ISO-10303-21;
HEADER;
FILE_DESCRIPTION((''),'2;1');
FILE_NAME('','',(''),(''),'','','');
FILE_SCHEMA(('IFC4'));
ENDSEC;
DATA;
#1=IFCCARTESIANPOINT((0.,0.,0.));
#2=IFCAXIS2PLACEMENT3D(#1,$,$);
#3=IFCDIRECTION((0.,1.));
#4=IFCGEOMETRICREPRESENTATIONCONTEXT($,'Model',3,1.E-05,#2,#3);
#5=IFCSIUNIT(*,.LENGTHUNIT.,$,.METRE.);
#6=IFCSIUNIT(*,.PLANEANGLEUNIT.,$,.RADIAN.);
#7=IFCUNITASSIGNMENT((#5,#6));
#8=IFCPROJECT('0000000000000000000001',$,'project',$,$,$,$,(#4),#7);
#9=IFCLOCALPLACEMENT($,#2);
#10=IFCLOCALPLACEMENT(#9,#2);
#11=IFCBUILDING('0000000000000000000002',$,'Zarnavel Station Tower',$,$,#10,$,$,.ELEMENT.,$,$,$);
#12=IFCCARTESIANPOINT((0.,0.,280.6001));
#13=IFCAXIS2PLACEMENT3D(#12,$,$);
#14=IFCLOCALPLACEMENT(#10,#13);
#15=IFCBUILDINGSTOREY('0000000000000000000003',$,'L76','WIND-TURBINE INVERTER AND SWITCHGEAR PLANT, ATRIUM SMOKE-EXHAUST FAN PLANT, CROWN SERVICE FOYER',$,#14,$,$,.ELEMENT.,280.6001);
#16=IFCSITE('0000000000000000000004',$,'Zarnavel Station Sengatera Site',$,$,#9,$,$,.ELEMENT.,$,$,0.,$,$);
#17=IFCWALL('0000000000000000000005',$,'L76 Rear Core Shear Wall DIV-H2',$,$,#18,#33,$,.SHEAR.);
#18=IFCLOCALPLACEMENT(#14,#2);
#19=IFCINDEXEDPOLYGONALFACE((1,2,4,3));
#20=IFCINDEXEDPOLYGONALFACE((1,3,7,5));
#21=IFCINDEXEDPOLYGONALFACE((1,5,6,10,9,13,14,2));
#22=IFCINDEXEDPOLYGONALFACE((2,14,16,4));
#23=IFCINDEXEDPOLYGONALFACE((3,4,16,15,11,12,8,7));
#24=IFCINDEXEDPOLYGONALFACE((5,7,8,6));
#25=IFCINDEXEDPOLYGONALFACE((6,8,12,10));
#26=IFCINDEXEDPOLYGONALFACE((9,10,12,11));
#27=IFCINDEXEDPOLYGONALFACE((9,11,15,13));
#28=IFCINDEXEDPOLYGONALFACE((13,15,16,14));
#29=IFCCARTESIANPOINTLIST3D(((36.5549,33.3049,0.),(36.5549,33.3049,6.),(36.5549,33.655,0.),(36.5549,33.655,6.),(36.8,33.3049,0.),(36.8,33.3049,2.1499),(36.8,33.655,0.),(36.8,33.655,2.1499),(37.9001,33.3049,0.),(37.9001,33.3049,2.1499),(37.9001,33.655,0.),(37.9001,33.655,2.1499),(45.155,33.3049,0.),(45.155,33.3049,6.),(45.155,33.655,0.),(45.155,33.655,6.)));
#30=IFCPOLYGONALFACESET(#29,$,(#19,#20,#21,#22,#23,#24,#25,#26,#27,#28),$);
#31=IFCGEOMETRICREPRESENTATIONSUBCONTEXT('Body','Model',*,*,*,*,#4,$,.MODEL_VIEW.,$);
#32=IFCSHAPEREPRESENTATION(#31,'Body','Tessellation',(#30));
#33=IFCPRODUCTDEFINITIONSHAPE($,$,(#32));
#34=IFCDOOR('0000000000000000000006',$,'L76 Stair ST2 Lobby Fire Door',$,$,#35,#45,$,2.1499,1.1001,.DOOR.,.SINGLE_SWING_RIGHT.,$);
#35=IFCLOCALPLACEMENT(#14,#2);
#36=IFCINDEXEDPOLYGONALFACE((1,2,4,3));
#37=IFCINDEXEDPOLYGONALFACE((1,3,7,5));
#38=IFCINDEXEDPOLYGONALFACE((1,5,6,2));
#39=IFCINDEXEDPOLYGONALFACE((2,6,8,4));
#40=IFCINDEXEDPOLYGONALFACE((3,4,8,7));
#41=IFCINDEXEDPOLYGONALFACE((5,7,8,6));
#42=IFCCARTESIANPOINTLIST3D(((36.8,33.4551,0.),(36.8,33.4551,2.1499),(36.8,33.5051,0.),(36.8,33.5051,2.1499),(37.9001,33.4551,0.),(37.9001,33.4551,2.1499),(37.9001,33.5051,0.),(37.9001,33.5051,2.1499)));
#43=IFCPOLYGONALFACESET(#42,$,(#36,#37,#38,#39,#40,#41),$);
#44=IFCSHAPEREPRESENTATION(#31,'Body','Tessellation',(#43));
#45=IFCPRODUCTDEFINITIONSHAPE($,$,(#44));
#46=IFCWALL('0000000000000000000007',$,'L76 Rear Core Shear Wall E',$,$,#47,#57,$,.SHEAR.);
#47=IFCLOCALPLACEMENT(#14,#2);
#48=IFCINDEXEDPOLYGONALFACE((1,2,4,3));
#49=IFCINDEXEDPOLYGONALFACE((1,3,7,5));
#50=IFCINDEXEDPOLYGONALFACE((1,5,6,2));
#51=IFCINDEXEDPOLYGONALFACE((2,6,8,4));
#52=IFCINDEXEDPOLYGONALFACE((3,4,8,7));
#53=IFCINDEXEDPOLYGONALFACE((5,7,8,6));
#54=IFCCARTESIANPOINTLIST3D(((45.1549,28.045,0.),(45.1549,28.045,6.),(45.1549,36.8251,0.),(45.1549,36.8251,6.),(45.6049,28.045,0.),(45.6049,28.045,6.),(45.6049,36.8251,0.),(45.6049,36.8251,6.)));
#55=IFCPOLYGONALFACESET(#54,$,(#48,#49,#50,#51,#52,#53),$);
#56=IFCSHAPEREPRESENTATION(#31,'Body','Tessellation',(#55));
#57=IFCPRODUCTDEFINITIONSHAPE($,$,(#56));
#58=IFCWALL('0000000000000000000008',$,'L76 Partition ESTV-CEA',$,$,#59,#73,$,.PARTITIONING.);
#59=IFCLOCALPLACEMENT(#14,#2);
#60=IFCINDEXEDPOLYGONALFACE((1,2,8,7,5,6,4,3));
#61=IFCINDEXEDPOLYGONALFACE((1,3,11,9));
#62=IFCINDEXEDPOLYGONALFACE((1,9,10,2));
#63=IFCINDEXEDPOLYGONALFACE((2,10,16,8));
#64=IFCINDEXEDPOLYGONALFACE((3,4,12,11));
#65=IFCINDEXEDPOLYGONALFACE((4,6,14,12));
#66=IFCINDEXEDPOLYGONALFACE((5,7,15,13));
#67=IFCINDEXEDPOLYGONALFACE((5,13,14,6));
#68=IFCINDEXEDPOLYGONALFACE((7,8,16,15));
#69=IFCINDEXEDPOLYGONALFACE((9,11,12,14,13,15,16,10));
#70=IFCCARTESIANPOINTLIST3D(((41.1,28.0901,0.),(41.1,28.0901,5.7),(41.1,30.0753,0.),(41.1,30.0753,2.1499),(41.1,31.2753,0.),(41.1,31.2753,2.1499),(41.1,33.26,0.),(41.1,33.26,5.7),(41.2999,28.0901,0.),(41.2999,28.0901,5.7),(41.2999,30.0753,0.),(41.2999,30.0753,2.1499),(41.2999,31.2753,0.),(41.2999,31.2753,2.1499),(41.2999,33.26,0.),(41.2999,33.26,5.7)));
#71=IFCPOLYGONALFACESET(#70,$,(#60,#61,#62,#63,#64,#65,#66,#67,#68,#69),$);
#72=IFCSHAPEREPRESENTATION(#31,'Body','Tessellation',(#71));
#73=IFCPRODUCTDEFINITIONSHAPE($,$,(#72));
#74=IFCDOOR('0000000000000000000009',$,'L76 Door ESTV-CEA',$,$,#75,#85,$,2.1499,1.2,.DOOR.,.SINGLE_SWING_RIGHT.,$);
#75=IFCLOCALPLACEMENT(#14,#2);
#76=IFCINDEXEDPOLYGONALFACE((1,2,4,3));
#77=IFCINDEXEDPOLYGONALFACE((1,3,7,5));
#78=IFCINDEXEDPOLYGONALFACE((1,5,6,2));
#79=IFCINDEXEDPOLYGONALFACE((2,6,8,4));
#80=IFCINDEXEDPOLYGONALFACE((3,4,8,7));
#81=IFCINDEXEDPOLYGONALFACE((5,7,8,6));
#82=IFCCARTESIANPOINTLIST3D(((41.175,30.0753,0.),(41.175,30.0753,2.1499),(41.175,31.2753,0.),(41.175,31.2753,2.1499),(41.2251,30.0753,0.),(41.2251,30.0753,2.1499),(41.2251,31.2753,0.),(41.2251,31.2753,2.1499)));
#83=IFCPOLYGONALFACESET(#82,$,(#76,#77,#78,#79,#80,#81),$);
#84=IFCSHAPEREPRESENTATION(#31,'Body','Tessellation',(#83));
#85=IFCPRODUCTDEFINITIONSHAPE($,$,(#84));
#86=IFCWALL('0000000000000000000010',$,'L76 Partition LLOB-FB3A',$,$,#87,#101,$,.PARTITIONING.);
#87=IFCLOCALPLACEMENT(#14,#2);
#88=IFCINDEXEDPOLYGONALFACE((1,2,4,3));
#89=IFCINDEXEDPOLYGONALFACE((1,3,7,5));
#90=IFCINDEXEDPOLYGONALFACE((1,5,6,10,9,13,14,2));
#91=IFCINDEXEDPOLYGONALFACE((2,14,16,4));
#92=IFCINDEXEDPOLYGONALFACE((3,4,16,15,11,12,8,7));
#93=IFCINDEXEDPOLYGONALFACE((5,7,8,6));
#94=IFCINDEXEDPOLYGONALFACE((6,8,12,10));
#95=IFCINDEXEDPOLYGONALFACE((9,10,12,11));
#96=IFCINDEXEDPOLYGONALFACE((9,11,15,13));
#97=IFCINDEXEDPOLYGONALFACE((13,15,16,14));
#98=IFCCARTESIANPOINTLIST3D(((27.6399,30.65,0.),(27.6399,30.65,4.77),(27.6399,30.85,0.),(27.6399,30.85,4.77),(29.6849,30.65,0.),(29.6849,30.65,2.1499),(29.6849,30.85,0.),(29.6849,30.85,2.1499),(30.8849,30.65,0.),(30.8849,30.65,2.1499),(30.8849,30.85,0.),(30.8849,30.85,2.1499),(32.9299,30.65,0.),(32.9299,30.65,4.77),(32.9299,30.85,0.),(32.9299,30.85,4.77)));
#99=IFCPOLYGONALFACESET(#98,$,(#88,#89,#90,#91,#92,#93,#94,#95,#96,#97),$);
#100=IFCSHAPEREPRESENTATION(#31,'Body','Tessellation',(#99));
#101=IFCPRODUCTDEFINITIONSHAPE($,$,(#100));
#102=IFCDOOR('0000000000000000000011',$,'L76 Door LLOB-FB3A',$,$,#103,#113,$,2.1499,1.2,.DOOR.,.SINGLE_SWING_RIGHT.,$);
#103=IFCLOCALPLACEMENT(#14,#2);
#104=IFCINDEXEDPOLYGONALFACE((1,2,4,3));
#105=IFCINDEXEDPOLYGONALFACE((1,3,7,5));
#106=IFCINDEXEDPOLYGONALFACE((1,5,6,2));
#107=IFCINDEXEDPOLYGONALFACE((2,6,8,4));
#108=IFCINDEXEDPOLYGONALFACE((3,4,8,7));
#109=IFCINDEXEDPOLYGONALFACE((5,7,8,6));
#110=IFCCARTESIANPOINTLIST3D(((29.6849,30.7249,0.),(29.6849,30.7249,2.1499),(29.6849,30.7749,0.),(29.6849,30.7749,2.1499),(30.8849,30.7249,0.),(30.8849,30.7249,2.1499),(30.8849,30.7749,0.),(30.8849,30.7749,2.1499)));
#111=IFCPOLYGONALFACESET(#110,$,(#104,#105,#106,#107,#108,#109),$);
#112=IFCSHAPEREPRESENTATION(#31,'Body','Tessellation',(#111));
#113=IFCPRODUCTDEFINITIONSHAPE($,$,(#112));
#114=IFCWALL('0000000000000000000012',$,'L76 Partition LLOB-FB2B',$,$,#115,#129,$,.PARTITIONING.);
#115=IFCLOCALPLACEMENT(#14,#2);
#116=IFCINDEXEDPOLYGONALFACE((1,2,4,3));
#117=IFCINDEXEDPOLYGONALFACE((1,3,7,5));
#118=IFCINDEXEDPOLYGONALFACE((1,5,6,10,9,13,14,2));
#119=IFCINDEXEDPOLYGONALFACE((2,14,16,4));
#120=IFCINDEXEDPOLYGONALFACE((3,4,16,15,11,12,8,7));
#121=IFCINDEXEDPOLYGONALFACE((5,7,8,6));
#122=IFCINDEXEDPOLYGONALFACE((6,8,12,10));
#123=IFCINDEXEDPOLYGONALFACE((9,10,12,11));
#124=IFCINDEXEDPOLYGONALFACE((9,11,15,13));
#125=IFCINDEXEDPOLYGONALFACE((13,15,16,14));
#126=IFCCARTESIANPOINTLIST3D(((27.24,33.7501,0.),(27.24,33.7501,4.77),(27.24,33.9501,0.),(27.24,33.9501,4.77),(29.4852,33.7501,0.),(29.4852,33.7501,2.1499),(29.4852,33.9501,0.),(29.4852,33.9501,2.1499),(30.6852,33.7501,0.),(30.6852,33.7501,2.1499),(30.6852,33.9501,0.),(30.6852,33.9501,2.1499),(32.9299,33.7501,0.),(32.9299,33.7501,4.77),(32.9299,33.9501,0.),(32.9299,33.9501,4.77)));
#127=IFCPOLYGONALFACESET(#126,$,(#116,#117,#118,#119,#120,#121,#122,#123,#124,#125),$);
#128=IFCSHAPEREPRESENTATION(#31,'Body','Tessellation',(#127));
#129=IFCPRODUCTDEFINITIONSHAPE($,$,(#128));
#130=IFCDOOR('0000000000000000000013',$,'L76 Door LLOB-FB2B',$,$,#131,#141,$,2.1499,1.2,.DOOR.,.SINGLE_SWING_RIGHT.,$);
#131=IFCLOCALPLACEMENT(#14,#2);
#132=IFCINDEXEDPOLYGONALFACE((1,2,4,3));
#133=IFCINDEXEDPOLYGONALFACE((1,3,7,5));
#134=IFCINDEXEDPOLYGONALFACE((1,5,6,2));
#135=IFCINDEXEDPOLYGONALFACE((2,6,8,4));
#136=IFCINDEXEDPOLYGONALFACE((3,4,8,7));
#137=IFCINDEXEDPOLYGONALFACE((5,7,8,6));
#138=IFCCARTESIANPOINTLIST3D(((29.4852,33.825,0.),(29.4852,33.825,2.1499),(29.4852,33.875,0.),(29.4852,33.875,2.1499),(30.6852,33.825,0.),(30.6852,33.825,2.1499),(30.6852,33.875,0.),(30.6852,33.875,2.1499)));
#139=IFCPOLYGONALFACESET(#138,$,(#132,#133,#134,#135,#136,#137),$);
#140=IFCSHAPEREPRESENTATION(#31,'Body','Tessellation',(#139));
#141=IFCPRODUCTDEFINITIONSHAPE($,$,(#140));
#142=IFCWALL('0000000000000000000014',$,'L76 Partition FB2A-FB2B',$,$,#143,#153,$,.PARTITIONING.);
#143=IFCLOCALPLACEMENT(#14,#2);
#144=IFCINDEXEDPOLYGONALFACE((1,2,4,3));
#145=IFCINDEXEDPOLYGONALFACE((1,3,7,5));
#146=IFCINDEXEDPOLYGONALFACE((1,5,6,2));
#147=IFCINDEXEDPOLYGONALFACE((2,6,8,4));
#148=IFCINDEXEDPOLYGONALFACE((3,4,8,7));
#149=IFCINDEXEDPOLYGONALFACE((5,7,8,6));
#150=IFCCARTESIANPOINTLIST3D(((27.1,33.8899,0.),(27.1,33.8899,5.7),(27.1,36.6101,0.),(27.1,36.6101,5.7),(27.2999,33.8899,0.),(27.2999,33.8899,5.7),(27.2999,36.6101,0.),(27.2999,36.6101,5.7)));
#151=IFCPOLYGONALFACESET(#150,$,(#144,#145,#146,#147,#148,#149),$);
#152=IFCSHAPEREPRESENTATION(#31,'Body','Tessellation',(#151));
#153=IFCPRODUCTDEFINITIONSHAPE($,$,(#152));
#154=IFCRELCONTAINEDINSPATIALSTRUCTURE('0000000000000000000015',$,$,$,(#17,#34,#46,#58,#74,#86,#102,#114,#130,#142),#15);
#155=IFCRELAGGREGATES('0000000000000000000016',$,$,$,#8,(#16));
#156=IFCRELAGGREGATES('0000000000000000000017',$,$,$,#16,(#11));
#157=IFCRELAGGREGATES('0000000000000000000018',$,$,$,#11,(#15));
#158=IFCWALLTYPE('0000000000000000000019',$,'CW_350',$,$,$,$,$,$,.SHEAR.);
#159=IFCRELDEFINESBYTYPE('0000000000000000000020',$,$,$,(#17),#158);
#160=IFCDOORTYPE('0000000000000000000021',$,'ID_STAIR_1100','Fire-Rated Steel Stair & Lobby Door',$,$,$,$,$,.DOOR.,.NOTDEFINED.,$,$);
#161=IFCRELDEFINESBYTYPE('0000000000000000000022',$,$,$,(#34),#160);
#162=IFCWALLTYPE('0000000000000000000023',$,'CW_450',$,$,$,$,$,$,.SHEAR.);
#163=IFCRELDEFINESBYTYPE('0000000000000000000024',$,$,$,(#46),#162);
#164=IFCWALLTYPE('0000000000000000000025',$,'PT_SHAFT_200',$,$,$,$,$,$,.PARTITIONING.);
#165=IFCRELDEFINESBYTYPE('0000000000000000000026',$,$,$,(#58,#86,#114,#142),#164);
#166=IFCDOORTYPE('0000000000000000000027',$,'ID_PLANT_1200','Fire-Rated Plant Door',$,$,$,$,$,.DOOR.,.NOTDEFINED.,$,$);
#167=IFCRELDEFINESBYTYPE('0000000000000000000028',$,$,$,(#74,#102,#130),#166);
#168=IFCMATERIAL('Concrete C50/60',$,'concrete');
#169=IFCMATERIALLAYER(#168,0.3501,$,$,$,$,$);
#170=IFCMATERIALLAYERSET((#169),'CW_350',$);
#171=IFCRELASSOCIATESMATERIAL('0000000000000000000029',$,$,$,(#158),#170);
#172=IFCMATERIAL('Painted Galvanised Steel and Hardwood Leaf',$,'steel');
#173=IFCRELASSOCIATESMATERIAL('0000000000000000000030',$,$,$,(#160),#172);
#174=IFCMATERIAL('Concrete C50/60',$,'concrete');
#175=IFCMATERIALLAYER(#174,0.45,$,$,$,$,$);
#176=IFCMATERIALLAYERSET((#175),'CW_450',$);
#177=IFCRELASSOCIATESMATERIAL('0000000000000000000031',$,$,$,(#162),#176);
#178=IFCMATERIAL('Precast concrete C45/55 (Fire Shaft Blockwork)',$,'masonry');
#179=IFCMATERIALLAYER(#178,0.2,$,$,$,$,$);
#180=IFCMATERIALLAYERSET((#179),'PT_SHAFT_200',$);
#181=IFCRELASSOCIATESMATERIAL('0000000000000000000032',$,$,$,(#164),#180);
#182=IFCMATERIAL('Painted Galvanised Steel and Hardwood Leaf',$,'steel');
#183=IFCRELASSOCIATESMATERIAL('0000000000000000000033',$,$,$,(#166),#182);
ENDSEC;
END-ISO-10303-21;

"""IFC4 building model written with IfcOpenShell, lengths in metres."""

from ifc_helpers import new_model, si_unit, direction, frame, frame_2d, origin, place, context, subcontext, project, spatial, rectangle, extrude, material, layer, layer_set, type_object, element, fill, save


model = new_model("IFC4")

# Units and contexts
model_context = context("Model", 3, precision=1e-05, world=origin(), true_north=direction((0.0, 1.0)))
body_context = subcontext(model_context, "Body", "Model", "MODEL_VIEW")
ifc_project = project(units=[si_unit("LENGTHUNIT", "METRE"), si_unit("PLANEANGLEUNIT", "RADIAN")], contexts=[model_context])

# Site, building, storey
site_placement = place(None, origin())
site = spatial("IfcSite", under=ifc_project, at=site_placement, Name="Zarnavel Station Sengatera Site", CompositionType="ELEMENT", RefElevation=0.0)
building_placement = place(site_placement, origin())
building = spatial("IfcBuilding", under=site, at=building_placement, Name="Zarnavel Station Tower", CompositionType="ELEMENT")
storey_placement = place(building_placement, frame((0.0, 0.0, 280.6001)))
storey = spatial("IfcBuildingStorey", under=building, at=storey_placement, Name="L76", Description="WIND-TURBINE INVERTER AND SWITCHGEAR PLANT, ATRIUM SMOKE-EXHAUST FAN PLANT, CROWN SERVICE FOYER", CompositionType="ELEMENT", Elevation=280.6001)

# Wall, opening, door
ifc_material_1 = material(Name="Concrete C50/60", Category="concrete")
ifc_layer_1 = layer(ifc_material_1, 0.3501)
ifc_layer_set_1 = layer_set([ifc_layer_1], Name="CW_350")
wall_type_1 = type_object("IfcWallType", Name="CW_350", PredefinedType="SHEAR", material=ifc_layer_set_1)
ifc_material_2 = material(Name="Painted Galvanised Steel and Hardwood Leaf", Category="steel")
door_type_1 = type_object("IfcDoorType", Name="ID_STAIR_1100", Description="Fire-Rated Steel Stair & Lobby Door", OperationType="NOTDEFINED", PredefinedType="DOOR", material=ifc_material_2)
wall_1_placement = place(storey_placement, frame((45.155, 33.48, 0.0), z_axis=(0.0, 0.0, 1.0), x_axis=(-1.0, 0.0, 0.0)))
wall_1 = element("IfcWall", 1, at=wall_1_placement, inside=storey, type_object=wall_type_1, Name="L76 Rear Core Shear Wall DIV-H2", PredefinedType="SHEAR", context=body_context, shape_type="SweptSolid", body=[
    extrude(rectangle(XDim=8.6001, YDim=0.3501, at=frame_2d((4.3, 0.0))), origin(), (0.0, 0.0, 1.0), 6.0),
])
opening_1_placement = place(wall_1_placement, frame((7.2549, 0.0, 0.0)))
opening_1 = element("IfcOpeningElement", 2, at=opening_1_placement, cuts=wall_1, PredefinedType="OPENING", context=body_context, shape_type="SweptSolid", body=[
    extrude(rectangle(XDim=1.1001, YDim=2.1499, at=frame_2d((0.55, 1.075))), frame((0.0, 0.1851, 0.0), z_axis=(0.0, -1.0, 0.0), x_axis=(1.0, 0.0, 0.0)), (0.0, 0.0, 1.0), 0.3701),
])
door_1_placement = place(opening_1_placement, origin())
door_1 = element("IfcDoor", 3, at=door_1_placement, inside=storey, type_object=door_type_1, Name="L76 Stair ST2 Lobby Fire Door", OperationType="SINGLE_SWING_RIGHT", OverallHeight=2.1499, OverallWidth=1.1001, PredefinedType="DOOR", context=body_context, shape_type="SweptSolid", body=[
    extrude(rectangle(XDim=1.1001, YDim=2.1499, at=frame_2d((0.55, 1.075))), frame((0.0, 0.0249, 0.0), z_axis=(0.0, -1.0, 0.0), x_axis=(1.0, 0.0, 0.0)), (0.0, 0.0, 1.0), 0.05),
])
fill(opening_1, door_1)

# Wall
ifc_material_3 = material(Name="Concrete C50/60", Category="concrete")
ifc_layer_2 = layer(ifc_material_3, 0.45)
ifc_layer_set_2 = layer_set([ifc_layer_2], Name="CW_450")
wall_type_2 = type_object("IfcWallType", Name="CW_450", PredefinedType="SHEAR", material=ifc_layer_set_2)
wall_2_placement = place(storey_placement, frame((45.3799, 28.0449, 0.0), z_axis=(0.0, 0.0, 1.0), x_axis=(0.0, 1.0, 0.0)))
element("IfcWall", 4, at=wall_2_placement, inside=storey, type_object=wall_type_2, Name="L76 Rear Core Shear Wall E", PredefinedType="SHEAR", context=body_context, shape_type="SweptSolid", body=[
    extrude(rectangle(XDim=8.78, YDim=0.45, at=frame_2d((4.3901, 0.0))), origin(), (0.0, 0.0, 1.0), 6.0),
])

# Walls, openings, doors
ifc_material_4 = material(Name="Precast concrete C45/55 (Fire Shaft Blockwork)", Category="masonry")
ifc_layer_3 = layer(ifc_material_4, 0.2)
ifc_layer_set_3 = layer_set([ifc_layer_3], Name="PT_SHAFT_200")
wall_type_3 = type_object("IfcWallType", Name="PT_SHAFT_200", PredefinedType="PARTITIONING", material=ifc_layer_set_3)
wall_3_placement = place(storey_placement, frame((41.2, 28.0901, 0.0), z_axis=(0.0, 0.0, 1.0), x_axis=(0.0, 1.0, 0.0)))
wall_3 = element("IfcWall", 5, at=wall_3_placement, inside=storey, type_object=wall_type_3, Name="L76 Partition ESTV-CEA", PredefinedType="PARTITIONING", context=body_context, shape_type="SweptSolid", body=[
    extrude(rectangle(XDim=5.1699, YDim=0.2, at=frame_2d((2.585, 0.0))), origin(), (0.0, 0.0, 1.0), 5.7),
])
opening_2_placement = place(wall_3_placement, frame((1.9851, 0.0, 0.0)))
opening_2 = element("IfcOpeningElement", 6, at=opening_2_placement, cuts=wall_3, PredefinedType="OPENING", context=body_context, shape_type="SweptSolid", body=[
    extrude(rectangle(XDim=1.2, YDim=2.1499, at=frame_2d((0.6001, 1.075))), frame((0.0, 0.1099, 0.0), z_axis=(0.0, -1.0, 0.0), x_axis=(1.0, 0.0, 0.0)), (0.0, 0.0, 1.0), 0.22),
])
ifc_material_5 = material(Name="Painted Galvanised Steel and Hardwood Leaf", Category="steel")
door_type_2 = type_object("IfcDoorType", Name="ID_PLANT_1200", Description="Fire-Rated Plant Door", OperationType="NOTDEFINED", PredefinedType="DOOR", material=ifc_material_5)
door_2_placement = place(opening_2_placement, origin())
door_2 = element("IfcDoor", 7, at=door_2_placement, inside=storey, type_object=door_type_2, Name="L76 Door ESTV-CEA", OperationType="SINGLE_SWING_RIGHT", OverallHeight=2.1499, OverallWidth=1.2, PredefinedType="DOOR", context=body_context, shape_type="SweptSolid", body=[
    extrude(rectangle(XDim=1.2, YDim=2.1499, at=frame_2d((0.6001, 1.075))), frame((0.0, 0.0249, 0.0), z_axis=(0.0, -1.0, 0.0), x_axis=(1.0, 0.0, 0.0)), (0.0, 0.0, 1.0), 0.05),
])
fill(opening_2, door_2)
wall_4_placement = place(storey_placement, frame((27.6399, 30.75, 0.0), z_axis=(0.0, 0.0, 1.0), x_axis=(1.0, 0.0, 0.0)))
wall_4 = element("IfcWall", 8, at=wall_4_placement, inside=storey, type_object=wall_type_3, Name="L76 Partition LLOB-FB3A", PredefinedType="PARTITIONING", context=body_context, shape_type="SweptSolid", body=[
    extrude(rectangle(XDim=5.29, YDim=0.2, at=frame_2d((2.645, 0.0))), origin(), (0.0, 0.0, 1.0), 4.77),
])
opening_3_placement = place(wall_4_placement, frame((2.0449, 0.0, 0.0)))
opening_3 = element("IfcOpeningElement", 9, at=opening_3_placement, cuts=wall_4, PredefinedType="OPENING", context=body_context, shape_type="SweptSolid", body=[
    extrude(rectangle(XDim=1.2, YDim=2.1499, at=frame_2d((0.6001, 1.075))), frame((0.0, 0.1099, 0.0), z_axis=(0.0, -1.0, 0.0), x_axis=(1.0, 0.0, 0.0)), (0.0, 0.0, 1.0), 0.22),
])
door_3_placement = place(opening_3_placement, origin())
door_3 = element("IfcDoor", 10, at=door_3_placement, inside=storey, type_object=door_type_2, Name="L76 Door LLOB-FB3A", OperationType="SINGLE_SWING_RIGHT", OverallHeight=2.1499, OverallWidth=1.2, PredefinedType="DOOR", context=body_context, shape_type="SweptSolid", body=[
    extrude(rectangle(XDim=1.2, YDim=2.1499, at=frame_2d((0.6001, 1.075))), frame((0.0, 0.0249, 0.0), z_axis=(0.0, -1.0, 0.0), x_axis=(1.0, 0.0, 0.0)), (0.0, 0.0, 1.0), 0.05),
])
fill(opening_3, door_3)
wall_5_placement = place(storey_placement, frame((27.24, 33.8501, 0.0), z_axis=(0.0, 0.0, 1.0), x_axis=(1.0, 0.0, 0.0)))
wall_5 = element("IfcWall", 11, at=wall_5_placement, inside=storey, type_object=wall_type_3, Name="L76 Partition LLOB-FB2B", PredefinedType="PARTITIONING", context=body_context, shape_type="SweptSolid", body=[
    extrude(rectangle(XDim=5.6899, YDim=0.2, at=frame_2d((2.845, 0.0))), origin(), (0.0, 0.0, 1.0), 4.77),
])
opening_4_placement = place(wall_5_placement, frame((2.2451, 0.0, 0.0)))
opening_4 = element("IfcOpeningElement", 12, at=opening_4_placement, cuts=wall_5, PredefinedType="OPENING", context=body_context, shape_type="SweptSolid", body=[
    extrude(rectangle(XDim=1.2, YDim=2.1499, at=frame_2d((0.6001, 1.075))), frame((0.0, 0.1099, 0.0), z_axis=(0.0, -1.0, 0.0), x_axis=(1.0, 0.0, 0.0)), (0.0, 0.0, 1.0), 0.22),
])
door_4_placement = place(opening_4_placement, origin())
door_4 = element("IfcDoor", 13, at=door_4_placement, inside=storey, type_object=door_type_2, Name="L76 Door LLOB-FB2B", OperationType="SINGLE_SWING_RIGHT", OverallHeight=2.1499, OverallWidth=1.2, PredefinedType="DOOR", context=body_context, shape_type="SweptSolid", body=[
    extrude(rectangle(XDim=1.2, YDim=2.1499, at=frame_2d((0.6001, 1.075))), frame((0.0, 0.0249, 0.0), z_axis=(0.0, -1.0, 0.0), x_axis=(1.0, 0.0, 0.0)), (0.0, 0.0, 1.0), 0.05),
])
fill(opening_4, door_4)

# Wall
wall_6_placement = place(storey_placement, frame((27.2, 33.8899, 0.0), z_axis=(0.0, 0.0, 1.0), x_axis=(0.0, 1.0, 0.0)))
element("IfcWall", 14, at=wall_6_placement, inside=storey, type_object=wall_type_3, Name="L76 Partition FB2A-FB2B", PredefinedType="PARTITIONING", context=body_context, shape_type="SweptSolid", body=[
    extrude(rectangle(XDim=2.7202, YDim=0.2, at=frame_2d((1.3601, 0.0))), origin(), (0.0, 0.0, 1.0), 5.7),
])

save(model, "model.ifc")
